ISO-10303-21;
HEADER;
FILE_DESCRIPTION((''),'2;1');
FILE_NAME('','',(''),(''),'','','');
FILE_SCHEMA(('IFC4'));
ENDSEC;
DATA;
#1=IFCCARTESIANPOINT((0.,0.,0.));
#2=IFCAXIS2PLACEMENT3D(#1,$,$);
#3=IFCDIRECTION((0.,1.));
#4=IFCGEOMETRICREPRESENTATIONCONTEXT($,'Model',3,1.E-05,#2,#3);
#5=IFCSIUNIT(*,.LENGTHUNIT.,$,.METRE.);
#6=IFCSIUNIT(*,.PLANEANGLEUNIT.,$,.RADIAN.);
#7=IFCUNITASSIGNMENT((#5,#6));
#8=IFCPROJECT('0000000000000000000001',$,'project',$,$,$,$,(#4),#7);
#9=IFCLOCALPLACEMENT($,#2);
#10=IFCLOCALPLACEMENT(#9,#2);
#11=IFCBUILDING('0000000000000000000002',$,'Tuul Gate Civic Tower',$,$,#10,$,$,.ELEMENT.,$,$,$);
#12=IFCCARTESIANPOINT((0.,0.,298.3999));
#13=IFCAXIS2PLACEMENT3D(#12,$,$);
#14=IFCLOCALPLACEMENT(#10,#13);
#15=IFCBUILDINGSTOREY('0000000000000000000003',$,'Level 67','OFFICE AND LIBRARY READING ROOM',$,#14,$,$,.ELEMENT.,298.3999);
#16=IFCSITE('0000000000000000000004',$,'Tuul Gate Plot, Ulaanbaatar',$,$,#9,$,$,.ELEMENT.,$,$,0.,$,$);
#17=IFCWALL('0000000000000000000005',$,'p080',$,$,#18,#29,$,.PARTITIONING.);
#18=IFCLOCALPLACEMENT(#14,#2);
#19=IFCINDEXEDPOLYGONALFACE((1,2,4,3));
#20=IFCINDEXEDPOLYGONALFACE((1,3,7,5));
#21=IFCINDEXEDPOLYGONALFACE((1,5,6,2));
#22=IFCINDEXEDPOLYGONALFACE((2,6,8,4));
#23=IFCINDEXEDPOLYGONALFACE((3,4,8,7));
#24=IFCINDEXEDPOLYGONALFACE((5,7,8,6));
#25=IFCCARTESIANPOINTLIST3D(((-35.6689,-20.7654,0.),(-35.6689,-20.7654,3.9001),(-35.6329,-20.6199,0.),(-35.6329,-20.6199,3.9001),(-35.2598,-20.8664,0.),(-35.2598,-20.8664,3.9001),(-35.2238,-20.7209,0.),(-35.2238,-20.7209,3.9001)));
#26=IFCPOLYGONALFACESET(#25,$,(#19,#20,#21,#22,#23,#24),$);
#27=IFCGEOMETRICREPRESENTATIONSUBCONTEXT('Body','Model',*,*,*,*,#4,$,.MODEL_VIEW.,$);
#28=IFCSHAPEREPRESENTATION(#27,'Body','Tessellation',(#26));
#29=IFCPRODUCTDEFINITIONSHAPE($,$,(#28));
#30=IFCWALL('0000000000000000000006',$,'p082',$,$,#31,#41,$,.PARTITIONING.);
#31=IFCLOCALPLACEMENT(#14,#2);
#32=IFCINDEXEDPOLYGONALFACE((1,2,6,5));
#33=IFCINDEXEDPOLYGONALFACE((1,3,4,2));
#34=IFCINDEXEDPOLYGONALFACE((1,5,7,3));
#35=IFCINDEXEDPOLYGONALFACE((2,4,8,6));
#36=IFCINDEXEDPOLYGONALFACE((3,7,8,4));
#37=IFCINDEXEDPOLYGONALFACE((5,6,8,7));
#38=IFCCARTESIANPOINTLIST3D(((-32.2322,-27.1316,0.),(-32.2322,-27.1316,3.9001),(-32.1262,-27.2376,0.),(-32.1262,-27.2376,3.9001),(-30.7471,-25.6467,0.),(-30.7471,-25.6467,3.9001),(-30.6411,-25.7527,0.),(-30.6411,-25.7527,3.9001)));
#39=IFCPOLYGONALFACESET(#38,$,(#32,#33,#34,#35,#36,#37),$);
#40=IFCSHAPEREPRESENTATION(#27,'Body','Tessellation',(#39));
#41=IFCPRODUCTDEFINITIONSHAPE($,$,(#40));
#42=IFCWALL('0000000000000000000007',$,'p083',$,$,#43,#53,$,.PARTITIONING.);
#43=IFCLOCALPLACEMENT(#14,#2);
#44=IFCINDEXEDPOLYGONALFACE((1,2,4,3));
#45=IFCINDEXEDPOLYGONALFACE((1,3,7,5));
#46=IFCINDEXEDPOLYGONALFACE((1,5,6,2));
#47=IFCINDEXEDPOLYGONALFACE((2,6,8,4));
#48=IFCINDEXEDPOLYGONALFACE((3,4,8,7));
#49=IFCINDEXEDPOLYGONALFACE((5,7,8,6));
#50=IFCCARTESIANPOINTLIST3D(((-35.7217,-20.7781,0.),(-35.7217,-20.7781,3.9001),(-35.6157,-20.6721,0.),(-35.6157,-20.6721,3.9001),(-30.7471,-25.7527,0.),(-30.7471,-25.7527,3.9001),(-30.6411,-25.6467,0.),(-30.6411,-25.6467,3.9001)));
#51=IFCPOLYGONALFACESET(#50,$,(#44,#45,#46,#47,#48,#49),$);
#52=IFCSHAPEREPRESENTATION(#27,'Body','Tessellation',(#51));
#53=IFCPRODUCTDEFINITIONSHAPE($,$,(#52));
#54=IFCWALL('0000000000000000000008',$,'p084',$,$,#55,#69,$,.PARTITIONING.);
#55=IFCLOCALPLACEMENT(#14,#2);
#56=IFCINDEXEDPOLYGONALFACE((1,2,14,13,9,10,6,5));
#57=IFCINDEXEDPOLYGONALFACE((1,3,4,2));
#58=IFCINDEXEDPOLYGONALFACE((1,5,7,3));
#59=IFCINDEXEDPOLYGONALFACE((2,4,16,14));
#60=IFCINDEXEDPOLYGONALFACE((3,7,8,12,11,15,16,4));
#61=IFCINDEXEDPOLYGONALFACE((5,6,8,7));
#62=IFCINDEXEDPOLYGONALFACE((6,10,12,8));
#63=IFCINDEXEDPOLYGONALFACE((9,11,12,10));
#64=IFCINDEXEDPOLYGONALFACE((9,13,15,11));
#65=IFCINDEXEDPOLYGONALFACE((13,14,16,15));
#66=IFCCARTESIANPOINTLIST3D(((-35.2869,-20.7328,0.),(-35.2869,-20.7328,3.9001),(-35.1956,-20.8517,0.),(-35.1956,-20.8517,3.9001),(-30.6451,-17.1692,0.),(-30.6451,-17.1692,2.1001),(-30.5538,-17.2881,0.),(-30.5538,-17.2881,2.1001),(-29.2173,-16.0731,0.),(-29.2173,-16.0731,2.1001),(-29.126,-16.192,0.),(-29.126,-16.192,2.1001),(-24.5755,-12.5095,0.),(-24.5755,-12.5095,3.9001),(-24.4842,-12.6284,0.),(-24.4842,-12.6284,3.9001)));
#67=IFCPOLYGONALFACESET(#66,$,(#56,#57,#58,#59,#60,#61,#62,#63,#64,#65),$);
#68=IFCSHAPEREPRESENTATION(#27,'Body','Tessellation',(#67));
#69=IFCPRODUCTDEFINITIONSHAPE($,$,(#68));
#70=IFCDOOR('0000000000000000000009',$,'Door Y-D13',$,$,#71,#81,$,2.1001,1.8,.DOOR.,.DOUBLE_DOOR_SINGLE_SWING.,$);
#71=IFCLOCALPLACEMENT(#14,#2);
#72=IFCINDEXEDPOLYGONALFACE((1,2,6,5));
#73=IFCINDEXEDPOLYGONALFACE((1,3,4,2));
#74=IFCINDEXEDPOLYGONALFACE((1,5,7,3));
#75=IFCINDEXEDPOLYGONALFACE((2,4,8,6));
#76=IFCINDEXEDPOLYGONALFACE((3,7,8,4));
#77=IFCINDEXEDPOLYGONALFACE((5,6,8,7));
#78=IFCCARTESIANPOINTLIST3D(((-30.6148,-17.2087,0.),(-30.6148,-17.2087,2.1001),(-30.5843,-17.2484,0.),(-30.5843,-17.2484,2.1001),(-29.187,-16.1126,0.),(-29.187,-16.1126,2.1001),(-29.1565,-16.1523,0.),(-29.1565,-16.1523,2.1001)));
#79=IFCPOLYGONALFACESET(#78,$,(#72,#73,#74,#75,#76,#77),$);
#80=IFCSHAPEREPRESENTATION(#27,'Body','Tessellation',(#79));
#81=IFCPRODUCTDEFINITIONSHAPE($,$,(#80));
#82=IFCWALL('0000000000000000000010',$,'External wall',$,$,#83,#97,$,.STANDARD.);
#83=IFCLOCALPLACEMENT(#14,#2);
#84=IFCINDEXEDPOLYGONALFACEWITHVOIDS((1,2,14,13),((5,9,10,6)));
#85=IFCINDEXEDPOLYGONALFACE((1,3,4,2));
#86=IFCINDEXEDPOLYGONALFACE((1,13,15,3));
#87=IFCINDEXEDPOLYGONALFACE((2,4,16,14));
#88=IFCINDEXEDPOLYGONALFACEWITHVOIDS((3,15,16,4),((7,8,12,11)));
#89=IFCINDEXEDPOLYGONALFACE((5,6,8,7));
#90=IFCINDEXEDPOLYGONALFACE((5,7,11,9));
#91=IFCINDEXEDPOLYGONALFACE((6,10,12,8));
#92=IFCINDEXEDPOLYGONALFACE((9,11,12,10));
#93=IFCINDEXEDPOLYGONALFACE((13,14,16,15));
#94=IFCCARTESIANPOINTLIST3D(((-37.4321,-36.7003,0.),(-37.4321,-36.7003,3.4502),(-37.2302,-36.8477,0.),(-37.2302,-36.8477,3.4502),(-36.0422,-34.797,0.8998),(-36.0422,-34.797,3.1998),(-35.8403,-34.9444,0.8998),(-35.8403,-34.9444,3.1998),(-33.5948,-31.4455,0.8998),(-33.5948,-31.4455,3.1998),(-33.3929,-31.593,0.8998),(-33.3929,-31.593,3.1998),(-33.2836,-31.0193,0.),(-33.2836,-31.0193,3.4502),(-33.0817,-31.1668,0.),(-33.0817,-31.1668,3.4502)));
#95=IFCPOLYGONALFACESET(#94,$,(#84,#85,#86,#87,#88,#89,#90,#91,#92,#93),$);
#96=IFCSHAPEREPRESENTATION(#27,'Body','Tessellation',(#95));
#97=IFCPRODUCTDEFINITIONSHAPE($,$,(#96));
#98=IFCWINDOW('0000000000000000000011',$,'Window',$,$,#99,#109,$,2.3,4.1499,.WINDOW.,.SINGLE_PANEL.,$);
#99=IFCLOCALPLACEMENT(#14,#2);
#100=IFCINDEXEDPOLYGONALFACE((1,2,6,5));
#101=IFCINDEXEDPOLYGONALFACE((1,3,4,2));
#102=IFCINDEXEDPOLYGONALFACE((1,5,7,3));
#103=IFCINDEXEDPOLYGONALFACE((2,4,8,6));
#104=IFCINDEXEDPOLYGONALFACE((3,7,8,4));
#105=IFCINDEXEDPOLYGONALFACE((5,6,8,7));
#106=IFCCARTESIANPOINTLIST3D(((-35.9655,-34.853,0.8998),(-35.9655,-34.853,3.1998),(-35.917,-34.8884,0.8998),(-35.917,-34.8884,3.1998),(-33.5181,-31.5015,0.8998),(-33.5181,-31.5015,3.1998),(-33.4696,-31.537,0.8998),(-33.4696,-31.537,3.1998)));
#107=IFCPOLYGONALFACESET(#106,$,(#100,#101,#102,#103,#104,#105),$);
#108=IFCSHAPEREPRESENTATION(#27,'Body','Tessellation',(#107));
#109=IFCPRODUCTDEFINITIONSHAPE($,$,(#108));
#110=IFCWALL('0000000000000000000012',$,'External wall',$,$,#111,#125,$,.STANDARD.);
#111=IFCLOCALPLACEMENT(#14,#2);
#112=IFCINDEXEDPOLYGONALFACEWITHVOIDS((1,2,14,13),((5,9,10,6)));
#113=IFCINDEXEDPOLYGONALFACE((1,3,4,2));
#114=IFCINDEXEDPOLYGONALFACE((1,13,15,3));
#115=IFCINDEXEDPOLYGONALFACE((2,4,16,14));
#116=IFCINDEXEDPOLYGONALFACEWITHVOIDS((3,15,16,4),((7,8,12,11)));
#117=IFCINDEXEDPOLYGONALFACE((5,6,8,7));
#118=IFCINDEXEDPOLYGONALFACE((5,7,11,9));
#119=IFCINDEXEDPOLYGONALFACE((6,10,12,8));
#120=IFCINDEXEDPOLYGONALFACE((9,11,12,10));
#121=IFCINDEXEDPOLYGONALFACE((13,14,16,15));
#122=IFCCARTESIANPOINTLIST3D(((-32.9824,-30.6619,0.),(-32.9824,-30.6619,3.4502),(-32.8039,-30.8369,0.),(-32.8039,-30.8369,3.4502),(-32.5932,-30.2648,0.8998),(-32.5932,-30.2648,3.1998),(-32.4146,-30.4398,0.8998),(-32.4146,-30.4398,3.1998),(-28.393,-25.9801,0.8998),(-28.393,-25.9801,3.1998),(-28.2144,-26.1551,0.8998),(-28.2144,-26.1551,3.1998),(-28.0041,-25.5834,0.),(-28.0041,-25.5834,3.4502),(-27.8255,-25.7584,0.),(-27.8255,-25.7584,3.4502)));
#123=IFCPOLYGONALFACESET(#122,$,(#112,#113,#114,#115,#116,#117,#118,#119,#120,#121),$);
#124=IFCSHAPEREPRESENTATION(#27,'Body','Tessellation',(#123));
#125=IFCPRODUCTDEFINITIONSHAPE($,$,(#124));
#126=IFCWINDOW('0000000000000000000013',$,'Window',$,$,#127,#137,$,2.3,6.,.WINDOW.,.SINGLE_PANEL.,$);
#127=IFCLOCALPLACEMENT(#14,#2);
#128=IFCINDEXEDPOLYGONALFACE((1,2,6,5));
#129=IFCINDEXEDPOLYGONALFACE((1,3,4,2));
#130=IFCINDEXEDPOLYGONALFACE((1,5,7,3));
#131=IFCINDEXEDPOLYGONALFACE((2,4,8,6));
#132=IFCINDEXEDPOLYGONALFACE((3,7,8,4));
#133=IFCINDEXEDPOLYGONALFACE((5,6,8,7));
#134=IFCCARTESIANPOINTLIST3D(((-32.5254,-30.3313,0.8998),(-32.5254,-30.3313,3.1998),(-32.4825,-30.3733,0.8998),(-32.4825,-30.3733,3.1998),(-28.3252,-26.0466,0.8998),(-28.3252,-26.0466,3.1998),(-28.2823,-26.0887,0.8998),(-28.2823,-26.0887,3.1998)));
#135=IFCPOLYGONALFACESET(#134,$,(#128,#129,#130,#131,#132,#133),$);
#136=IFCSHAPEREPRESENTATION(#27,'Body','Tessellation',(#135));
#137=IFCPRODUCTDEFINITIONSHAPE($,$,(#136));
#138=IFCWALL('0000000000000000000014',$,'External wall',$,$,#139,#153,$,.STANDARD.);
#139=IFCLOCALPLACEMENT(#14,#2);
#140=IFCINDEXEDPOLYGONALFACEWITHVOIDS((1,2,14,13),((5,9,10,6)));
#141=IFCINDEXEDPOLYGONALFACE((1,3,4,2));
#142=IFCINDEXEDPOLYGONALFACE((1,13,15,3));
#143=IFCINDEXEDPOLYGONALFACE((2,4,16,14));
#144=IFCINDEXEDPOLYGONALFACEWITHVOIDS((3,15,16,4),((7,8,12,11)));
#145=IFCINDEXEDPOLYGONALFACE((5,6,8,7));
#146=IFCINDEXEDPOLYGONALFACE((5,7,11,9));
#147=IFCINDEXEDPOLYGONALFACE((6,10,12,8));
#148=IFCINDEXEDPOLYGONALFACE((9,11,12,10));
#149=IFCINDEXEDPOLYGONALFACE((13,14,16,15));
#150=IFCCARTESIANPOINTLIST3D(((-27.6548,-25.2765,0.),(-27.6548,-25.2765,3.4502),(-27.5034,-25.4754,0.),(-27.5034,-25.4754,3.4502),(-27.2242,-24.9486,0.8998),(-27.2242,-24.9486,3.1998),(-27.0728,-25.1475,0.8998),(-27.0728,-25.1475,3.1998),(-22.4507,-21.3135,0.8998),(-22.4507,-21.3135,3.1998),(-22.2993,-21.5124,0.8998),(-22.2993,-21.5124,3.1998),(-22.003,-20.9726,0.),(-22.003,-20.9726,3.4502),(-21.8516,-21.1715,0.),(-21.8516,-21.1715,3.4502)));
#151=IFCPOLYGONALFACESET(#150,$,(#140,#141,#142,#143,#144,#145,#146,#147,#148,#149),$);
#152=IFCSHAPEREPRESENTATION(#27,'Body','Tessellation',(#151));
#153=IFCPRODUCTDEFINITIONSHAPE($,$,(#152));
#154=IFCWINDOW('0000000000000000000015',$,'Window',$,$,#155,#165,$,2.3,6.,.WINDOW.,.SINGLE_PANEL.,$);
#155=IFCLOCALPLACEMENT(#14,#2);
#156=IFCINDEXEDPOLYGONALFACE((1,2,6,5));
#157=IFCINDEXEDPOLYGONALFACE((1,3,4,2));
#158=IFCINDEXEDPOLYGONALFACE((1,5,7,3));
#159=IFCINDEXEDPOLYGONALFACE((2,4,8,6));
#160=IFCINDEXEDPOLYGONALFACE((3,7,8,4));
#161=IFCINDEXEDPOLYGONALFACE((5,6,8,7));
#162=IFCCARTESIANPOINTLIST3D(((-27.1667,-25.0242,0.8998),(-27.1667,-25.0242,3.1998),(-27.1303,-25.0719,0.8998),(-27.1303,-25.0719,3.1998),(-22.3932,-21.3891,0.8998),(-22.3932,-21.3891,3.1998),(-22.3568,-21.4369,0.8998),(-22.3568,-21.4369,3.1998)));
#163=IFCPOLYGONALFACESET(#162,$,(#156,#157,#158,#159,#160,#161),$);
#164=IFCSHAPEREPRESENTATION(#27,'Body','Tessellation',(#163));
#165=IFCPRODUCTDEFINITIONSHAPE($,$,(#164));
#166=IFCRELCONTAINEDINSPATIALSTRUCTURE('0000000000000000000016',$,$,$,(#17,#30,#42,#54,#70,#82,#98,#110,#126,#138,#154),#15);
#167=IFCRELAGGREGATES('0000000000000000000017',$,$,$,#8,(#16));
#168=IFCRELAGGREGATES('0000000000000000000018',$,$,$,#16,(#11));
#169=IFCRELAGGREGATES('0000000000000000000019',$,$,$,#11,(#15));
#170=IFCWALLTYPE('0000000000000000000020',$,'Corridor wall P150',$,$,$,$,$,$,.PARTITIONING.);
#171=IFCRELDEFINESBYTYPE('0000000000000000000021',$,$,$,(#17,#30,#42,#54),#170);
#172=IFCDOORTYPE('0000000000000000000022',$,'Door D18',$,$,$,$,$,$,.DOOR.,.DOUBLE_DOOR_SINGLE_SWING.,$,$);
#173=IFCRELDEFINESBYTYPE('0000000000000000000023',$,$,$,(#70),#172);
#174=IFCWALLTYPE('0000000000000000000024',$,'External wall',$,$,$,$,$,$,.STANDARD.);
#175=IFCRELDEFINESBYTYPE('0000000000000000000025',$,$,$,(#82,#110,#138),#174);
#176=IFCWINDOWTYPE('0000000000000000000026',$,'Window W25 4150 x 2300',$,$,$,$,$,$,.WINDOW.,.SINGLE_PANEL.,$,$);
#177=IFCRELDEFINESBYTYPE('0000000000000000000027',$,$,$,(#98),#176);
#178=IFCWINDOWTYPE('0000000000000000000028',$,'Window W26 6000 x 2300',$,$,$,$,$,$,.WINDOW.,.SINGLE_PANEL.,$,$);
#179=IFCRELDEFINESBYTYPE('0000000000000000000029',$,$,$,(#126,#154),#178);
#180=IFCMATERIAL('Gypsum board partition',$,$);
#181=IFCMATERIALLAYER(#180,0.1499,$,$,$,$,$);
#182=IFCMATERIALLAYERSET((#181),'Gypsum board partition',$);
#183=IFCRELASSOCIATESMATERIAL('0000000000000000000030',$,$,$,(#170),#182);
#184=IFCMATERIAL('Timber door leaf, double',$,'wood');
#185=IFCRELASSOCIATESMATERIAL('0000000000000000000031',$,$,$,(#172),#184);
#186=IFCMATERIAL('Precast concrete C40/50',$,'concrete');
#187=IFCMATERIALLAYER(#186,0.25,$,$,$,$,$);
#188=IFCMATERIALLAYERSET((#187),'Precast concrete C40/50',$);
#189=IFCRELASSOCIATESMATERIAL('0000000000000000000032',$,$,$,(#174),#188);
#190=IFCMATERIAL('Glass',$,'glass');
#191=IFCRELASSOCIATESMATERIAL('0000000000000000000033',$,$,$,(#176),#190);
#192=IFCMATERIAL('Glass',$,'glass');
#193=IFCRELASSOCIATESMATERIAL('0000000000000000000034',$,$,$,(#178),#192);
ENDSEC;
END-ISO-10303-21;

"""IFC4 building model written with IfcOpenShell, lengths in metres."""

from ifc_helpers import new_model, si_unit, direction, frame, frame_2d, origin, place, context, subcontext, project, spatial, rectangle, extrude, material, layer, layer_set, type_object, element, fill, save


model = new_model("IFC4")

# Units and contexts
model_context = context("Model", 3, precision=1e-05, world=origin(), true_north=direction((0.0, 1.0)))
body_context = subcontext(model_context, "Body", "Model", "MODEL_VIEW")
ifc_project = project(units=[si_unit("LENGTHUNIT", "METRE"), si_unit("PLANEANGLEUNIT", "RADIAN")], contexts=[model_context])

# Site, building, storey
site_placement = place(None, origin())
site = spatial("IfcSite", under=ifc_project, at=site_placement, Name="Tuul Gate Plot, Ulaanbaatar", CompositionType="ELEMENT", RefElevation=0.0)
building_placement = place(site_placement, origin())
building = spatial("IfcBuilding", under=site, at=building_placement, Name="Tuul Gate Civic Tower", CompositionType="ELEMENT")
storey_placement = place(building_placement, frame((0.0, 0.0, 298.3999)))
storey = spatial("IfcBuildingStorey", under=building, at=storey_placement, Name="Level 67", Description="OFFICE AND LIBRARY READING ROOM", CompositionType="ELEMENT", Elevation=298.3999)

# Walls
ifc_material_1 = material(Name="Gypsum board partition")
ifc_layer_1 = layer(ifc_material_1, 0.1499)
ifc_layer_set_1 = layer_set([ifc_layer_1], Name="Gypsum board partition")
wall_type_1 = type_object("IfcWallType", Name="Corridor wall P150", PredefinedType="PARTITIONING", material=ifc_layer_set_1)
wall_1_placement = place(storey_placement, frame((-35.6509, -20.6926, 0.0), z_axis=(0.0, 0.0, 1.0), x_axis=(0.97082, -0.239809, 0.0)))
element("IfcWall", 1, at=wall_1_placement, inside=storey, type_object=wall_type_1, Name="p080", PredefinedType="PARTITIONING", context=body_context, shape_type="SweptSolid", body=[
    extrude(rectangle(XDim=0.4214, YDim=0.1499, at=frame_2d((0.2107, 0.0))), origin(), (0.0, 0.0, 1.0), 3.9001),
])
wall_2_placement = place(storey_placement, frame((-32.1792, -27.1846, 0.0), z_axis=(0.0, 0.0, 1.0), x_axis=(0.707165, 0.707049, 0.0)))
element("IfcWall", 2, at=wall_2_placement, inside=storey, type_object=wall_type_1, Name="p082", PredefinedType="PARTITIONING", context=body_context, shape_type="SweptSolid", body=[
    extrude(rectangle(XDim=2.1001, YDim=0.1499, at=frame_2d((1.05, 0.0))), origin(), (0.0, 0.0, 1.0), 3.9001),
])
wall_3_placement = place(storey_placement, frame((-35.6687, -20.7251, 0.0), z_axis=(0.0, 0.0, 1.0), x_axis=(0.707107, -0.707107, 0.0)))
element("IfcWall", 3, at=wall_3_placement, inside=storey, type_object=wall_type_1, Name="p083", PredefinedType="PARTITIONING", context=body_context, shape_type="SweptSolid", body=[
    extrude(rectangle(XDim=7.0352, YDim=0.1499, at=frame_2d((3.5176, 0.0))), origin(), (0.0, 0.0, 1.0), 3.9001),
])

# Wall, opening, door
wall_4_placement = place(storey_placement, frame((-35.2412, -20.7922, 0.0), z_axis=(0.0, 0.0, 1.0), x_axis=(0.793202, 0.608958, 0.0)))
wall_4 = element("IfcWall", 4, at=wall_4_placement, inside=storey, type_object=wall_type_1, Name="p084", PredefinedType="PARTITIONING", context=body_context, shape_type="SweptSolid", body=[
    extrude(rectangle(XDim=13.5039, YDim=0.1499, at=frame_2d((6.752, 0.0))), origin(), (0.0, 0.0, 1.0), 3.9001),
])
opening_1_placement = place(wall_4_placement, frame((5.8521, 0.0, 0.0)))
opening_1 = element("IfcOpeningElement", 5, at=opening_1_placement, cuts=wall_4, PredefinedType="OPENING", context=body_context, shape_type="SweptSolid", body=[
    extrude(rectangle(XDim=1.8, YDim=2.1001, at=frame_2d((0.8999, 1.05))), frame((0.0, 0.085, 0.0), z_axis=(0.0, -1.0, 0.0), x_axis=(1.0, 0.0, 0.0)), (0.0, 0.0, 1.0), 0.1699),
])
ifc_material_2 = material(Name="Timber door leaf, double", Category="wood")
door_type = type_object("IfcDoorType", Name="Door D18", OperationType="DOUBLE_DOOR_SINGLE_SWING", PredefinedType="DOOR", material=ifc_material_2)
door_placement = place(opening_1_placement, frame((1.8, 0.0, 0.0), z_axis=(0.0, 0.0, 1.0), x_axis=(-1.0, 0.0, 0.0)))
door = element("IfcDoor", 6, at=door_placement, inside=storey, type_object=door_type, Name="Door Y-D13", OperationType="DOUBLE_DOOR_SINGLE_SWING", OverallHeight=2.1001, OverallWidth=1.8, PredefinedType="DOOR", context=body_context, shape_type="SweptSolid", body=[
    extrude(rectangle(XDim=1.8, YDim=2.1001, at=frame_2d((0.9001, 1.05))), frame((0.0, 0.0249, 0.0), z_axis=(0.0, -1.0, 0.0), x_axis=(1.0, 0.0, 0.0)), (0.0, 0.0, 1.0), 0.05),
])
fill(opening_1, door)

# Walls, openings, windows
ifc_material_3 = material(Name="Precast concrete C40/50", Category="concrete")
ifc_layer_2 = layer(ifc_material_3, 0.25)
ifc_layer_set_2 = layer_set([ifc_layer_2], Name="Precast concrete C40/50")
wall_type_2 = type_object("IfcWallType", Name="External wall", PredefinedType="STANDARD", material=ifc_layer_set_2)
wall_5_placement = place(storey_placement, frame((-37.3311, -36.7739, 0.0), z_axis=(0.0, 0.0, 1.0), x_axis=(0.589739, 0.807594, 0.0)))
wall_5 = element("IfcWall", 7, at=wall_5_placement, inside=storey, type_object=wall_type_2, Name="External wall", PredefinedType="STANDARD", context=body_context, shape_type="SweptSolid", body=[
    extrude(rectangle(XDim=7.0344, YDim=0.25, at=frame_2d((3.5171, 0.0))), origin(), (0.0, 0.0, 1.0), 3.4502),
])
opening_2_placement = place(wall_5_placement, frame((2.3567, 0.0, 0.8999)))
opening_2 = element("IfcOpeningElement", 8, at=opening_2_placement, cuts=wall_5, PredefinedType="OPENING", context=body_context, shape_type="SweptSolid", body=[
    extrude(rectangle(XDim=4.1499, YDim=2.3, at=frame_2d((2.075, 1.1499))), frame((0.0, 0.135, 0.0), z_axis=(0.0, -1.0, 0.0), x_axis=(1.0, 0.0, 0.0)), (0.0, 0.0, 1.0), 0.27),
])
ifc_material_4 = material(Name="Glass", Category="glass")
window_type_1 = type_object("IfcWindowType", Name="Window W25 4150 x 2300", PartitioningType="SINGLE_PANEL", PredefinedType="WINDOW", material=ifc_material_4)
window_1_placement = place(opening_2_placement, origin())
window_1 = element("IfcWindow", 9, at=window_1_placement, inside=storey, type_object=window_type_1, Name="Window", OverallHeight=2.3, OverallWidth=4.1499, PartitioningType="SINGLE_PANEL", PredefinedType="WINDOW", context=body_context, shape_type="SweptSolid", body=[
    extrude(rectangle(XDim=4.1499, YDim=2.3, at=frame_2d((2.075, 1.1499))), frame((0.0, 0.03, 0.0), z_axis=(0.0, -1.0, 0.0), x_axis=(1.0, 0.0, 0.0)), (0.0, 0.0, 1.0), 0.0601),
])
fill(opening_2, window_1)
wall_6_placement = place(storey_placement, frame((-32.8931, -30.7493, 0.0), z_axis=(0.0, 0.0, 1.0), x_axis=(0.700034, 0.71411, 0.0)))
wall_6 = element("IfcWall", 10, at=wall_6_placement, inside=storey, type_object=wall_type_2, Name="External wall", PredefinedType="STANDARD", context=body_context, shape_type="SweptSolid", body=[
    extrude(rectangle(XDim=7.1116, YDim=0.25, at=frame_2d((3.5557, 0.0))), origin(), (0.0, 0.0, 1.0), 3.4502),
])
opening_3_placement = place(wall_6_placement, frame((0.5559, 0.0, 0.8999)))
opening_3 = element("IfcOpeningElement", 11, at=opening_3_placement, cuts=wall_6, PredefinedType="OPENING", context=body_context, shape_type="SweptSolid", body=[
    extrude(rectangle(XDim=6.0, YDim=2.3, at=frame_2d((3.0, 1.1499))), frame((0.0, 0.135, 0.0), z_axis=(0.0, -1.0, 0.0), x_axis=(1.0, 0.0, 0.0)), (0.0, 0.0, 1.0), 0.27),
])
ifc_material_5 = material(Name="Glass", Category="glass")
window_type_2 = type_object("IfcWindowType", Name="Window W26 6000 x 2300", PartitioningType="SINGLE_PANEL", PredefinedType="WINDOW", material=ifc_material_5)
window_2_placement = place(opening_3_placement, origin())
window_2 = element("IfcWindow", 12, at=window_2_placement, inside=storey, type_object=window_type_2, Name="Window", OverallHeight=2.3, OverallWidth=6.0, PartitioningType="SINGLE_PANEL", PredefinedType="WINDOW", context=body_context, shape_type="SweptSolid", body=[
    extrude(rectangle(XDim=6.0, YDim=2.3, at=frame_2d((3.0, 1.1499))), frame((0.0, 0.03, 0.0), z_axis=(0.0, -1.0, 0.0), x_axis=(1.0, 0.0, 0.0)), (0.0, 0.0, 1.0), 0.0601),
])
fill(opening_3, window_2)
wall_7_placement = place(storey_placement, frame((-27.5791, -25.376, 0.0), z_axis=(0.0, 0.0, 1.0), x_axis=(0.795582, 0.605845, 0.0)))
wall_7 = element("IfcWall", 13, at=wall_7_placement, inside=storey, type_object=wall_type_2, Name="External wall", PredefinedType="STANDARD", context=body_context, shape_type="SweptSolid", body=[
    extrude(rectangle(XDim=7.104, YDim=0.25, at=frame_2d((3.552, 0.0))), origin(), (0.0, 0.0, 1.0), 3.4502),
])
opening_4_placement = place(wall_7_placement, frame((0.5413, 0.0, 0.8999)))
opening_4 = element("IfcOpeningElement", 14, at=opening_4_placement, cuts=wall_7, PredefinedType="OPENING", context=body_context, shape_type="SweptSolid", body=[
    extrude(rectangle(XDim=6.0, YDim=2.3, at=frame_2d((3.0, 1.1499))), frame((0.0, 0.135, 0.0), z_axis=(0.0, -1.0, 0.0), x_axis=(1.0, 0.0, 0.0)), (0.0, 0.0, 1.0), 0.27),
])
window_3_placement = place(opening_4_placement, origin())
window_3 = element("IfcWindow", 15, at=window_3_placement, inside=storey, type_object=window_type_2, Name="Window", OverallHeight=2.3, OverallWidth=6.0, PartitioningType="SINGLE_PANEL", PredefinedType="WINDOW", context=body_context, shape_type="SweptSolid", body=[
    extrude(rectangle(XDim=6.0, YDim=2.3, at=frame_2d((3.0, 1.1499))), frame((0.0, 0.03, 0.0), z_axis=(0.0, -1.0, 0.0), x_axis=(1.0, 0.0, 0.0)), (0.0, 0.0, 1.0), 0.0601),
])
fill(opening_4, window_3)

save(model, "model.ifc")
